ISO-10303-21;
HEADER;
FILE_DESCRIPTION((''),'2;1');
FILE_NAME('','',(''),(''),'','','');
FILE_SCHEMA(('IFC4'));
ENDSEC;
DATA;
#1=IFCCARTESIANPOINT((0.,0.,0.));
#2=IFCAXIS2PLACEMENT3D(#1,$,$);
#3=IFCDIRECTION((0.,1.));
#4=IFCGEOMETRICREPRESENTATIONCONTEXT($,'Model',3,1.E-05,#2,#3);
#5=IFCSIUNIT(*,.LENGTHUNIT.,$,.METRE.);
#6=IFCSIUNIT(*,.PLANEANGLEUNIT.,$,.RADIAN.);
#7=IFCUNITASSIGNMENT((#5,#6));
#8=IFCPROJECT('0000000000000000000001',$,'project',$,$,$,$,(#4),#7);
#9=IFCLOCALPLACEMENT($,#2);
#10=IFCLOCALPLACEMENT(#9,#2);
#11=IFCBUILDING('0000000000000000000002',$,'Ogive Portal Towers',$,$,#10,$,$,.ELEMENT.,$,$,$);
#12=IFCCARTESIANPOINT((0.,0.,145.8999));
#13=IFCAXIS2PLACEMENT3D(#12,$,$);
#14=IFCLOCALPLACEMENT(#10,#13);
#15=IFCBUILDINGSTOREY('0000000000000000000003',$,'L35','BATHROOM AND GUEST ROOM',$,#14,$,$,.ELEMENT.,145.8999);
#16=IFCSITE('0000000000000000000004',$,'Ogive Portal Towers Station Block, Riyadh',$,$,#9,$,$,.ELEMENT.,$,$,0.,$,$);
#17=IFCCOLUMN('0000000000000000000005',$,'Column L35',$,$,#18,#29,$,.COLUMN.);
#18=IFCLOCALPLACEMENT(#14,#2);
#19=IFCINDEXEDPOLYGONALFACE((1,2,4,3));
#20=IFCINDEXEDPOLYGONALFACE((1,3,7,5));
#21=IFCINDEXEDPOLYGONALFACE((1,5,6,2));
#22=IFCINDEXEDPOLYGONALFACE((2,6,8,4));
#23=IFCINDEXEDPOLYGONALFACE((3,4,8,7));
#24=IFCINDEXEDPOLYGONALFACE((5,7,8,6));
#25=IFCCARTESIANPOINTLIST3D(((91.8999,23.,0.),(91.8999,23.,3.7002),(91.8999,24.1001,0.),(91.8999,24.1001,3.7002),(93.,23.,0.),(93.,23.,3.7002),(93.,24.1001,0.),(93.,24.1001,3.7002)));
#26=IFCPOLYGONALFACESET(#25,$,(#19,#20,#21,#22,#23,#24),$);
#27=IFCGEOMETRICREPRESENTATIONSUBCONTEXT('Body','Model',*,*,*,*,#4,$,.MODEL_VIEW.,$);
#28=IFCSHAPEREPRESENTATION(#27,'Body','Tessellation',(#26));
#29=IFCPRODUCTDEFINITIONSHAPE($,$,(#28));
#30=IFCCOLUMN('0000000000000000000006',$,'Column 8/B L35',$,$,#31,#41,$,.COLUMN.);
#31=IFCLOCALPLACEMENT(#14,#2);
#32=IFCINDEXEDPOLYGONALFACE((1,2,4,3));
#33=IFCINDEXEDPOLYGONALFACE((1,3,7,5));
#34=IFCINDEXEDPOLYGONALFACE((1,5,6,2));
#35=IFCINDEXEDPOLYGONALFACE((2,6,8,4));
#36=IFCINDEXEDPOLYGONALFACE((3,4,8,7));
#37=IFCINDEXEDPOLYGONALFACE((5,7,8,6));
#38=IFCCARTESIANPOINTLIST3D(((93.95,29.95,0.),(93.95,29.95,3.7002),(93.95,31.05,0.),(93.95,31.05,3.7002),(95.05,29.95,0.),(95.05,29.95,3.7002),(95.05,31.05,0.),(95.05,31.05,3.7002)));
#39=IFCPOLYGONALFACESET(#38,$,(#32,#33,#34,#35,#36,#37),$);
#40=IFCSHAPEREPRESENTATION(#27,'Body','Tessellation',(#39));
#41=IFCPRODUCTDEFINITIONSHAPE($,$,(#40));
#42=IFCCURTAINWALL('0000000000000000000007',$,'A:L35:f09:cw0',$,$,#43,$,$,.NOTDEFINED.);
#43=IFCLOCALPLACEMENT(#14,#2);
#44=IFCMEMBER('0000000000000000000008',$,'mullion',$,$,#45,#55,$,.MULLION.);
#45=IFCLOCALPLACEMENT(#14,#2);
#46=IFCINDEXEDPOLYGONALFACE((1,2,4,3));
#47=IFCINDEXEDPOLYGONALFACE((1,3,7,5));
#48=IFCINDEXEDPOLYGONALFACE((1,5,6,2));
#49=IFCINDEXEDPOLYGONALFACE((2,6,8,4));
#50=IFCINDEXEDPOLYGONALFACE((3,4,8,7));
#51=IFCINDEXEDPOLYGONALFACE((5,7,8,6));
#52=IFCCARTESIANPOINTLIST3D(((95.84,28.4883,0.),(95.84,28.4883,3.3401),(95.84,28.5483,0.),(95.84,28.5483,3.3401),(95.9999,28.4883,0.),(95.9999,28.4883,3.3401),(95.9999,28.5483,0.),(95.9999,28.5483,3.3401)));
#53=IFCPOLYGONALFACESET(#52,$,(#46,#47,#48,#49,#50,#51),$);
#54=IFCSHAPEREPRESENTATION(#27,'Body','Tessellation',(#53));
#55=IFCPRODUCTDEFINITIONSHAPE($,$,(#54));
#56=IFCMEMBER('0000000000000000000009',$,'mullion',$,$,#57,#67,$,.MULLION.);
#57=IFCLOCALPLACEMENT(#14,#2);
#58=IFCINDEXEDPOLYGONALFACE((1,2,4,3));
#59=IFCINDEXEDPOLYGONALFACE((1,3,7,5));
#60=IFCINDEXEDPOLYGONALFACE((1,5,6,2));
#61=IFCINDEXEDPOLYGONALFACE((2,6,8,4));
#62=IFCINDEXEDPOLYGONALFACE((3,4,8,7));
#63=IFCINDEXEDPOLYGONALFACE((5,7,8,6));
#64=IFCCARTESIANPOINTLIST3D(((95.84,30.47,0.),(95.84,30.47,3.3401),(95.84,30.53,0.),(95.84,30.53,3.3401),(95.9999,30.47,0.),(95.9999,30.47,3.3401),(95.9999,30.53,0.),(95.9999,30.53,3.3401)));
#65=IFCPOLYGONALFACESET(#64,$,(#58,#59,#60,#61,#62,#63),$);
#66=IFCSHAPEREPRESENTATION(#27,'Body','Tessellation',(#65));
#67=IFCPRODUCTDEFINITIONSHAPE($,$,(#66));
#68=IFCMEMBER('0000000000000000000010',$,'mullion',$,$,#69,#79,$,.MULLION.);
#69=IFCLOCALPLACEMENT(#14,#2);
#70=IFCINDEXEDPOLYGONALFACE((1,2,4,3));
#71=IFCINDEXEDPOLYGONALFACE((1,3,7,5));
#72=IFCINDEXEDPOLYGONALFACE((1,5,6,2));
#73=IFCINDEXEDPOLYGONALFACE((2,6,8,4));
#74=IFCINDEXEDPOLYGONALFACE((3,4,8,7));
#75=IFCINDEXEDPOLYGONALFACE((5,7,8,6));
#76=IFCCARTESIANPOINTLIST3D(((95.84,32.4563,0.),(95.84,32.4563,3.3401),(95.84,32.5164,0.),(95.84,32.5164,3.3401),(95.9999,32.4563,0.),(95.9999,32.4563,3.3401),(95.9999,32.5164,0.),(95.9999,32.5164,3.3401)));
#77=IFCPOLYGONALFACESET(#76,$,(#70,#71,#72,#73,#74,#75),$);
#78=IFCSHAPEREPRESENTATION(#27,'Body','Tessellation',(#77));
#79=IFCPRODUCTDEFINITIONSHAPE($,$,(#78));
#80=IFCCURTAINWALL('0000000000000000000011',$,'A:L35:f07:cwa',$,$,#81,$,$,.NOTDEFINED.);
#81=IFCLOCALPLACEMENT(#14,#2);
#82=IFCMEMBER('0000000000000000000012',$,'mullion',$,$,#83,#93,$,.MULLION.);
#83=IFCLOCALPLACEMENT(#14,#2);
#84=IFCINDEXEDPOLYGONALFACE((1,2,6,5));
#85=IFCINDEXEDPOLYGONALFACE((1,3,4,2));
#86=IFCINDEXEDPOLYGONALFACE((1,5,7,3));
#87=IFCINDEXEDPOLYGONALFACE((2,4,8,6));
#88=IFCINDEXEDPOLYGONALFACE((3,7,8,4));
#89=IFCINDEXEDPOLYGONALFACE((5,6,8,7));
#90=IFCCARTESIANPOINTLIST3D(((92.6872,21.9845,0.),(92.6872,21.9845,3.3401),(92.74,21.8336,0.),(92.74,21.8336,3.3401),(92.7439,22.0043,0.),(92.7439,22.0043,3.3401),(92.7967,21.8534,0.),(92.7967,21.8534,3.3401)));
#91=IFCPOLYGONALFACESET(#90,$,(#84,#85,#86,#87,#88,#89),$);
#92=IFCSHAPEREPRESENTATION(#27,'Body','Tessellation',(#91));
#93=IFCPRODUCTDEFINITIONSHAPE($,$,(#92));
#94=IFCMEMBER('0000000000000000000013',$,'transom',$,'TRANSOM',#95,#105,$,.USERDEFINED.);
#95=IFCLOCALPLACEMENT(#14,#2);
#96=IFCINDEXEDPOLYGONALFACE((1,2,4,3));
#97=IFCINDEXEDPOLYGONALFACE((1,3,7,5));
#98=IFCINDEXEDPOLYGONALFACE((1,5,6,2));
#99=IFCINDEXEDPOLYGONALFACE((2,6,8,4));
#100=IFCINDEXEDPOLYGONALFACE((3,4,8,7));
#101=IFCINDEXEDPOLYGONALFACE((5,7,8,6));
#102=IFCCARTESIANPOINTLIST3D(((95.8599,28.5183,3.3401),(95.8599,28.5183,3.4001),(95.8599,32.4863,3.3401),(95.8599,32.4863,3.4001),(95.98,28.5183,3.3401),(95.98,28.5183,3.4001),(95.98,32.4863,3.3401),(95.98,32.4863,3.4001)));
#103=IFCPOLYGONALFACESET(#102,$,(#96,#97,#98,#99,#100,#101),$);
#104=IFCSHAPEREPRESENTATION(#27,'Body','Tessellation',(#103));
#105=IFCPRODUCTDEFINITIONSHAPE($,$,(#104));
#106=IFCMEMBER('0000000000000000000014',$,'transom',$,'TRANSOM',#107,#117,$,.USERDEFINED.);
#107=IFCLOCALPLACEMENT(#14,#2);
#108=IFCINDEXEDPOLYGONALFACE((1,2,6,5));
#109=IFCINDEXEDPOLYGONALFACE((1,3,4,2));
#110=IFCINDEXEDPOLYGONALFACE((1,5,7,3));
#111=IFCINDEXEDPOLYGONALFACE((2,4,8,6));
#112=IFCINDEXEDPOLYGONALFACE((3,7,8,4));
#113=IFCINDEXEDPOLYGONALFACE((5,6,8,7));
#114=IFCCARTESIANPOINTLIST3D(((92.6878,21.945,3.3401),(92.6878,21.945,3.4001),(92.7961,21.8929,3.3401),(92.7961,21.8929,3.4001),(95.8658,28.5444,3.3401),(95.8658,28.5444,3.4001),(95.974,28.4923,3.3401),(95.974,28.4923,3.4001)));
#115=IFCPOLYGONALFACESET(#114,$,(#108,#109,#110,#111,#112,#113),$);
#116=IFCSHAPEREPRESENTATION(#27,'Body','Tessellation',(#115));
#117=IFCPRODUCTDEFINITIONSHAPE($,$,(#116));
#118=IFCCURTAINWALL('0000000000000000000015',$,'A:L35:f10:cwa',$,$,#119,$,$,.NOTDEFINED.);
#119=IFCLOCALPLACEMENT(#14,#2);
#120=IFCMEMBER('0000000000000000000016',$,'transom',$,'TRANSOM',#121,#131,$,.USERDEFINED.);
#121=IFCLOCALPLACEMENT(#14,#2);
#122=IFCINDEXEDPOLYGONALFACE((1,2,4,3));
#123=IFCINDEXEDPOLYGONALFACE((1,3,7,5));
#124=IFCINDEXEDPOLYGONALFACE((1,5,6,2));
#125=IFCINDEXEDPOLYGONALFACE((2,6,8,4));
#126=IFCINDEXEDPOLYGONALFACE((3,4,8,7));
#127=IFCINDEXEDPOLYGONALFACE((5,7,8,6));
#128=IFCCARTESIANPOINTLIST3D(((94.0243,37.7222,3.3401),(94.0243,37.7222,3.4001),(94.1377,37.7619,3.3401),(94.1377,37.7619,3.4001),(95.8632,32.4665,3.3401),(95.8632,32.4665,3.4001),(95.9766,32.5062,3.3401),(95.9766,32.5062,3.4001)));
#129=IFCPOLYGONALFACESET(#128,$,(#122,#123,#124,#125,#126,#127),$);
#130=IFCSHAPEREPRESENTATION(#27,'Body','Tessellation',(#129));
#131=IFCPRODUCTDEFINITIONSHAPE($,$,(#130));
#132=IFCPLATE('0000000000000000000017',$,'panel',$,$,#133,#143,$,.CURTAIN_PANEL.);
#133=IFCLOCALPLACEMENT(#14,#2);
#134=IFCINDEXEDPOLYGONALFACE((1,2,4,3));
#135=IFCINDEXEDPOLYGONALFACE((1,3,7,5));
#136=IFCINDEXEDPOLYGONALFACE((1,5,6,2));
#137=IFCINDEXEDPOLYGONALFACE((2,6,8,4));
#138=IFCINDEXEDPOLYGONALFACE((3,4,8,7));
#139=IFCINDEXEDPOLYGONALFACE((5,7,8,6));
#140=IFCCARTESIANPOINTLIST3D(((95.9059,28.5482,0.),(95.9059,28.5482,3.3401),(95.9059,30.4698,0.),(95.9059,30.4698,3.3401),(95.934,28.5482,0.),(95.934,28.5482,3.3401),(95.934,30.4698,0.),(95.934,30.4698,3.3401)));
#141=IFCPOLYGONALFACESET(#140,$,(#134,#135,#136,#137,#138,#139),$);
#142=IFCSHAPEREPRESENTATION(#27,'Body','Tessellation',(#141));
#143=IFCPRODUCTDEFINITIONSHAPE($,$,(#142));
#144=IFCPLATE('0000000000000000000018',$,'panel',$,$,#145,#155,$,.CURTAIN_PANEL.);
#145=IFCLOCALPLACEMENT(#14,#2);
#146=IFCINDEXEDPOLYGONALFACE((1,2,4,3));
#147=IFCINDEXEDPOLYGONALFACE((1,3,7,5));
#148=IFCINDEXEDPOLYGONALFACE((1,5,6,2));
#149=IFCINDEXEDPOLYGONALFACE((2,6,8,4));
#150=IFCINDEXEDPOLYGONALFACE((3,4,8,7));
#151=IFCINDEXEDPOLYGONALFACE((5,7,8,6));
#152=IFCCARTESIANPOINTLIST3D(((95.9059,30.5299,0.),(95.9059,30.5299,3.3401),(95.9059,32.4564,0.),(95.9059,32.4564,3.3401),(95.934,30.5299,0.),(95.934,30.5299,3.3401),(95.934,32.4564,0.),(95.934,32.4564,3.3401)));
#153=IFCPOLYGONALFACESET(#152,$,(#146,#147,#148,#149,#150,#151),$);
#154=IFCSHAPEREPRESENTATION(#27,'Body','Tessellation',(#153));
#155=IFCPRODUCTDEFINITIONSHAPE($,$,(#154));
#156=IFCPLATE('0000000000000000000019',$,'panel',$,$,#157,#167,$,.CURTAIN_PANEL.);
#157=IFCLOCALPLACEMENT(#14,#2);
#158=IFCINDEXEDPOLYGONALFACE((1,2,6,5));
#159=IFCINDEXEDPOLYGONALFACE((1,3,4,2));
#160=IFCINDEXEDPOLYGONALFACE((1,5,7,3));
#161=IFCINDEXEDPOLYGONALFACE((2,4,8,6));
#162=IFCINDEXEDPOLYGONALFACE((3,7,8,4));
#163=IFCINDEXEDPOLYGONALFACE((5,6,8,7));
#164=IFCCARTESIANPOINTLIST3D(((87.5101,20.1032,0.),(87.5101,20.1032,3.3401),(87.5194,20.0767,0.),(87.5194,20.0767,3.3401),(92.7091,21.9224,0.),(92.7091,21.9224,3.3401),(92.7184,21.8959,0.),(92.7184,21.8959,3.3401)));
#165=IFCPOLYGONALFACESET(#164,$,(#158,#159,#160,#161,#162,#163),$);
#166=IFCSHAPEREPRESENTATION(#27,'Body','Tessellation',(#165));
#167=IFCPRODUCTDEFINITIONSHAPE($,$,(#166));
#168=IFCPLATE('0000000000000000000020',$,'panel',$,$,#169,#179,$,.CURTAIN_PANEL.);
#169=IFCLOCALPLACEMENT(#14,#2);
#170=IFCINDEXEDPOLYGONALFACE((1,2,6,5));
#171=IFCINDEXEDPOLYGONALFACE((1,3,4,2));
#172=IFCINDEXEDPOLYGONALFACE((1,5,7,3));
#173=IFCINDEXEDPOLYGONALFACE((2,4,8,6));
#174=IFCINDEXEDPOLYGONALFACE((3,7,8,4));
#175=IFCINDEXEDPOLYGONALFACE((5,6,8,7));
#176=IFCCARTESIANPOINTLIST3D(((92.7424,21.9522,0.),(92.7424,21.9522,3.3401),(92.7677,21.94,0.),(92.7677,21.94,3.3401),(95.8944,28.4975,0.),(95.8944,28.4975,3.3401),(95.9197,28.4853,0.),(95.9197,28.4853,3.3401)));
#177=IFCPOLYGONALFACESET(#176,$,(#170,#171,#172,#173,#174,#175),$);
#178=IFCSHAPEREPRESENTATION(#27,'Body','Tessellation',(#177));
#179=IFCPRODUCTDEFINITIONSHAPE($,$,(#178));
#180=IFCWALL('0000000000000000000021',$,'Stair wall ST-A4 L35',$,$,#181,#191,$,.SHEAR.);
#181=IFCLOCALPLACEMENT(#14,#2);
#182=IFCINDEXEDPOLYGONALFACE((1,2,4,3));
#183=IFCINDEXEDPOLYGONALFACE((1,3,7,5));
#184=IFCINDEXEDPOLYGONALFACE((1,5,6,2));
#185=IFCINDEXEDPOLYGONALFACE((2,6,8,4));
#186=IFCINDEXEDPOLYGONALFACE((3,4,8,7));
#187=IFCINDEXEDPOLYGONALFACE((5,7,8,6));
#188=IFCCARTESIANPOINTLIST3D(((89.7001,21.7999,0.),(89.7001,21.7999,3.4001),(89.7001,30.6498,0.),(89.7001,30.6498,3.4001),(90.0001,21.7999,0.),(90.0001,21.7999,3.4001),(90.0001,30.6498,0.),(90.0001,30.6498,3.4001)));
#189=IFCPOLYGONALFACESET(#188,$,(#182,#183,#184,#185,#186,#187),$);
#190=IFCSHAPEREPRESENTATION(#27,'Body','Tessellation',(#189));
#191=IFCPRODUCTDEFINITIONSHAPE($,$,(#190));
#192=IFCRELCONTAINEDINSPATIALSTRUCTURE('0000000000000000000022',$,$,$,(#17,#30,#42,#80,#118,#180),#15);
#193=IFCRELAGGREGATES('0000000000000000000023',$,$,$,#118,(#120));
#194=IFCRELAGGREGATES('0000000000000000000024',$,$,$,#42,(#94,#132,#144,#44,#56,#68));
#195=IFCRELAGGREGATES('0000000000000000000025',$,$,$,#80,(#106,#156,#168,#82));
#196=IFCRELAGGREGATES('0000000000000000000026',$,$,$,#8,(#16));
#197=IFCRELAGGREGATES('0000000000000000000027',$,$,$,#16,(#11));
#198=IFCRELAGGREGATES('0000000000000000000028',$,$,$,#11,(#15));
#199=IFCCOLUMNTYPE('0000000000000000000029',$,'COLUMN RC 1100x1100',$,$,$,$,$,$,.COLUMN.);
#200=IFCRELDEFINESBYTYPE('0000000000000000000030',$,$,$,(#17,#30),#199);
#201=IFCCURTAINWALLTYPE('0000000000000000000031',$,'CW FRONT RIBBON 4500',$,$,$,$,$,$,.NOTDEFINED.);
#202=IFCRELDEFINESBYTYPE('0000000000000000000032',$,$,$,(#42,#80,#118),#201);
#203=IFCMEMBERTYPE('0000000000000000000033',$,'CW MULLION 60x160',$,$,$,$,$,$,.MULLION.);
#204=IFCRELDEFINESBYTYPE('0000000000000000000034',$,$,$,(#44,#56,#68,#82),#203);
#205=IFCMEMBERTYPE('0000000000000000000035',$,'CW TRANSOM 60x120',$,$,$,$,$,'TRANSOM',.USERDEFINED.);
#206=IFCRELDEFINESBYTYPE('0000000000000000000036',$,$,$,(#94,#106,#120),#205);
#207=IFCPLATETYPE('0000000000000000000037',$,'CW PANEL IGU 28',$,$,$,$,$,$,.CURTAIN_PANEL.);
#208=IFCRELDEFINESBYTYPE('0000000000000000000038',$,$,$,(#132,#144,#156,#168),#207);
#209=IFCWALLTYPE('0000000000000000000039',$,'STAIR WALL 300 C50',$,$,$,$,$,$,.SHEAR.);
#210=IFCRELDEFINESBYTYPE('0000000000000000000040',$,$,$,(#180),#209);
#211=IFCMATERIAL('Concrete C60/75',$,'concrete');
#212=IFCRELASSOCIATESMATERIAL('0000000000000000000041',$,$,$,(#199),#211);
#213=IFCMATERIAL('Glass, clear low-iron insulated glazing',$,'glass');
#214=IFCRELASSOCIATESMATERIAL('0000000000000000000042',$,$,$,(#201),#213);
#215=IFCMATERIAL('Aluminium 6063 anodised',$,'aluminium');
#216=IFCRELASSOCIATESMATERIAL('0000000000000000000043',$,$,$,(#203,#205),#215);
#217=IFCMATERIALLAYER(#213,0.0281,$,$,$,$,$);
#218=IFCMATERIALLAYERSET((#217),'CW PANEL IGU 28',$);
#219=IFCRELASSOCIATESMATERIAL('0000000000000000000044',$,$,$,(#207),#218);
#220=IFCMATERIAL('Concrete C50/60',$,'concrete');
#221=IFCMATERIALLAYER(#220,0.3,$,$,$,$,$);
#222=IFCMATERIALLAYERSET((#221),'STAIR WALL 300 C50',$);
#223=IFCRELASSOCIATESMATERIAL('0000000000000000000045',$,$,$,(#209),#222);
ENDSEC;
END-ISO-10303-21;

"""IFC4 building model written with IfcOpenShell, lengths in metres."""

from ifc_helpers import new_model, si_unit, direction, frame, frame_2d, origin, origin_2d, place, context, subcontext, project, spatial, rectangle, extrude, material, layer, layer_set, material_profile, profile_set, type_object, element, aggregate, save


model = new_model("IFC4")

# Units and contexts
model_context = context("Model", 3, precision=1e-05, world=origin(), true_north=direction((0.0, 1.0)))
body_context = subcontext(model_context, "Body", "Model", "MODEL_VIEW")
ifc_project = project(units=[si_unit("LENGTHUNIT", "METRE"), si_unit("PLANEANGLEUNIT", "RADIAN")], contexts=[model_context])

# Site, building, storey
site_placement = place(None, origin())
site = spatial("IfcSite", under=ifc_project, at=site_placement, Name="Ogive Portal Towers Station Block, Riyadh", CompositionType="ELEMENT", RefElevation=0.0)
building_placement = place(site_placement, origin())
building = spatial("IfcBuilding", under=site, at=building_placement, Name="Ogive Portal Towers", CompositionType="ELEMENT")
storey_placement = place(building_placement, frame((0.0, 0.0, 145.8999)))
storey = spatial("IfcBuildingStorey", under=building, at=storey_placement, Name="L35", Description="BATHROOM AND GUEST ROOM", CompositionType="ELEMENT", Elevation=145.8999)

# Columns
ifc_material_1 = material(Name="Concrete C60/75", Category="concrete")
ifc_material_profile_1 = material_profile(ifc_material_1, rectangle(XDim=1.1001, YDim=1.1001, at=origin_2d()), Name="RC 1100x1100")
ifc_profile_set_1 = profile_set([ifc_material_profile_1], Name="Concrete C60/75")
column_type = type_object("IfcColumnType", Name="COLUMN RC 1100x1100", PredefinedType="COLUMN", material=ifc_profile_set_1)
for number, where, z_axis, x_axis, name in (
    (1, (92.45, 23.55, 0.0), (0.0, 0.0, 1.0), (1.0, 0.0, 0.0), "Column L35"),
    (2, (94.5, 30.5, 0.0), (0.0, 0.0, 1.0), (1.0, 0.0, 0.0), "Column 8/B L35"),
):
    element("IfcColumn", number, at=place(storey_placement, frame(where, z_axis=z_axis, x_axis=x_axis)), inside=storey, type_object=column_type, Name=name, PredefinedType="COLUMN", context=body_context, shape_type="SweptSolid", body=[
        extrude(rectangle(XDim=1.1001, YDim=1.1001, at=origin_2d()), origin(), (0.0, 0.0, 1.0), 3.7002),
    ])

# Curtain wall, members
ifc_material_2 = material(Name="Glass, clear low-iron insulated glazing", Category="glass")
curtain_wall_type = type_object("IfcCurtainWallType", Name="CW FRONT RIBBON 4500", PredefinedType="NOTDEFINED", material=ifc_material_2)
curtain_wall_1_placement = place(storey_placement, origin())
curtain_wall_1 = element("IfcCurtainWall", 3, at=curtain_wall_1_placement, inside=storey, type_object=curtain_wall_type, Name="A:L35:f09:cw0", PredefinedType="NOTDEFINED")
ifc_material_3 = material(Name="Aluminium 6063 anodised", Category="aluminium")
ifc_material_profile_2 = material_profile(ifc_material_3, rectangle(XDim=0.1599, YDim=0.0601, at=origin_2d()), Name="AL 60x160")
ifc_profile_set_2 = profile_set([ifc_material_profile_2], Name="Aluminium 6063 anodised")
member_type_1 = type_object("IfcMemberType", Name="CW MULLION 60x160", PredefinedType="MULLION", material=ifc_profile_set_2)
member_1_placement = place(storey_placement, frame((95.9199, 28.5183, 0.0), z_axis=(0.0, 0.0, 1.0), x_axis=(-1.0, 0.0, 0.0)))
member_1 = element("IfcMember", 4, at=member_1_placement, type_object=member_type_1, Name="mullion", PredefinedType="MULLION", context=body_context, shape_type="SweptSolid", body=[
    extrude(rectangle(XDim=0.1599, YDim=0.0601, at=origin_2d()), origin(), (0.0, 0.0, 1.0), 3.3401),
])
member_2_placement = place(storey_placement, frame((95.9199, 30.5, 0.0), z_axis=(0.0, 0.0, 1.0), x_axis=(-1.0, 0.0, 0.0)))
member_2 = element("IfcMember", 5, at=member_2_placement, type_object=member_type_1, Name="mullion", PredefinedType="MULLION", context=body_context, shape_type="SweptSolid", body=[
    extrude(rectangle(XDim=0.1599, YDim=0.0601, at=origin_2d()), origin(), (0.0, 0.0, 1.0), 3.3401),
])
member_3_placement = place(storey_placement, frame((95.9199, 32.4863, 0.0), z_axis=(0.0, 0.0, 1.0), x_axis=(-1.0, 0.0, 0.0)))
member_3 = element("IfcMember", 6, at=member_3_placement, type_object=member_type_1, Name="mullion", PredefinedType="MULLION", context=body_context, shape_type="SweptSolid", body=[
    extrude(rectangle(XDim=0.1599, YDim=0.0601, at=origin_2d()), origin(), (0.0, 0.0, 1.0), 3.3401),
])

# Curtain wall, member
curtain_wall_2_placement = place(storey_placement, origin())
curtain_wall_2 = element("IfcCurtainWall", 7, at=curtain_wall_2_placement, inside=storey, type_object=curtain_wall_type, Name="A:L35:f07:cwa", PredefinedType="NOTDEFINED")
member_4_placement = place(storey_placement, frame((92.7419, 21.9189, 0.0), z_axis=(0.0, 0.0, 1.0), x_axis=(-0.330279, 0.943883, 0.0)))
member_4 = element("IfcMember", 8, at=member_4_placement, type_object=member_type_1, Name="mullion", PredefinedType="MULLION", context=body_context, shape_type="SweptSolid", body=[
    extrude(rectangle(XDim=0.1599, YDim=0.0601, at=origin_2d()), origin(), (0.0, 0.0, 1.0), 3.3401),
])

# Members
ifc_material_profile_3 = material_profile(ifc_material_3, rectangle(XDim=0.1201, YDim=0.0601, at=origin_2d()), Name="AL 120x60")
ifc_profile_set_3 = profile_set([ifc_material_profile_3], Name="Aluminium 6063 anodised")
member_type_2 = type_object("IfcMemberType", Name="CW TRANSOM 60x120", ElementType="TRANSOM", PredefinedType="USERDEFINED", material=ifc_profile_set_3)
member_5_placement = place(storey_placement, frame((95.9199, 28.5183, 3.3701), z_axis=(0.0, 1.0, 0.0), x_axis=(-1.0, 0.0, 0.0)))
member_5 = element("IfcMember", 9, at=member_5_placement, type_object=member_type_2, Name="transom", ObjectType="TRANSOM", PredefinedType="USERDEFINED", context=body_context, shape_type="SweptSolid", body=[
    extrude(rectangle(XDim=0.1201, YDim=0.0601, at=origin_2d()), origin(), (0.0, 0.0, 1.0), 3.968),
])
member_6_placement = place(storey_placement, frame((92.7419, 21.9189, 3.3701), z_axis=(0.433872, 0.900975, 0.0), x_axis=(-0.900975, 0.433872, 0.0)))
member_6 = element("IfcMember", 10, at=member_6_placement, type_object=member_type_2, Name="transom", ObjectType="TRANSOM", PredefinedType="USERDEFINED", context=body_context, shape_type="SweptSolid", body=[
    extrude(rectangle(XDim=0.1201, YDim=0.0601, at=origin_2d()), origin(), (0.0, 0.0, 1.0), 7.3247),
])

# Curtain wall, member
curtain_wall_3_placement = place(storey_placement, origin())
curtain_wall_3 = element("IfcCurtainWall", 11, at=curtain_wall_3_placement, inside=storey, type_object=curtain_wall_type, Name="A:L35:f10:cwa", PredefinedType="NOTDEFINED")
member_7_placement = place(storey_placement, frame((95.9199, 32.4863, 3.3701), z_axis=(-0.330255, 0.943892, 0.0), x_axis=(-0.943892, -0.330255, 0.0)))
member_7 = element("IfcMember", 12, at=member_7_placement, type_object=member_type_2, Name="transom", ObjectType="TRANSOM", PredefinedType="USERDEFINED", context=body_context, shape_type="SweptSolid", body=[
    extrude(rectangle(XDim=0.1201, YDim=0.0601, at=origin_2d()), origin(), (0.0, 0.0, 1.0), 5.5681),
])
aggregate(curtain_wall_3, [member_7])

# Plates
ifc_layer_1 = layer(ifc_material_2, 0.0281)
ifc_layer_set_1 = layer_set([ifc_layer_1], Name="CW PANEL IGU 28")
plate_type = type_object("IfcPlateType", Name="CW PANEL IGU 28", PredefinedType="CURTAIN_PANEL", material=ifc_layer_set_1)
plate_1_placement = place(storey_placement, frame((95.9199, 29.509, 0.0), z_axis=(0.0, 0.0, 1.0), x_axis=(0.0, 1.0, 0.0)))
plate_1 = element("IfcPlate", 13, at=plate_1_placement, type_object=plate_type, Name="panel", PredefinedType="CURTAIN_PANEL", context=body_context, shape_type="SweptSolid", body=[
    extrude(rectangle(XDim=1.9216, YDim=0.0281, at=origin_2d()), origin(), (0.0, 0.0, 1.0), 3.3401),
])
plate_2_placement = place(storey_placement, frame((95.9199, 31.4932, 0.0), z_axis=(0.0, 0.0, 1.0), x_axis=(0.0, 1.0, 0.0)))
plate_2 = element("IfcPlate", 14, at=plate_2_placement, type_object=plate_type, Name="panel", PredefinedType="CURTAIN_PANEL", context=body_context, shape_type="SweptSolid", body=[
    extrude(rectangle(XDim=1.9265, YDim=0.0281, at=origin_2d()), origin(), (0.0, 0.0, 1.0), 3.3401),
])
aggregate(curtain_wall_1, [member_5, plate_1, plate_2, member_1, member_2, member_3])
plate_3_placement = place(storey_placement, frame((90.1143, 20.9995, 0.0), z_axis=(0.0, 0.0, 1.0), x_axis=(0.943883, 0.330279, 0.0)))
plate_3 = element("IfcPlate", 15, at=plate_3_placement, type_object=plate_type, Name="panel", PredefinedType="CURTAIN_PANEL", context=body_context, shape_type="SweptSolid", body=[
    extrude(rectangle(XDim=5.5081, YDim=0.0281, at=origin_2d()), origin(), (0.0, 0.0, 1.0), 3.3401),
])
plate_4_placement = place(storey_placement, frame((94.3311, 25.2188, 0.0), z_axis=(0.0, 0.0, 1.0), x_axis=(0.433884, 0.900969, 0.0)))
plate_4 = element("IfcPlate", 16, at=plate_4_placement, type_object=plate_type, Name="panel", PredefinedType="CURTAIN_PANEL", context=body_context, shape_type="SweptSolid", body=[
    extrude(rectangle(XDim=7.2646, YDim=0.0281, at=origin_2d()), origin(), (0.0, 0.0, 1.0), 3.3401),
])
aggregate(curtain_wall_2, [member_6, plate_3, plate_4, member_4])

# Wall
ifc_material_4 = material(Name="Concrete C50/60", Category="concrete")
ifc_layer_2 = layer(ifc_material_4, 0.3)
ifc_layer_set_2 = layer_set([ifc_layer_2], Name="STAIR WALL 300 C50")
wall_type_1 = type_object("IfcWallType", Name="STAIR WALL 300 C50", PredefinedType="SHEAR", material=ifc_layer_set_2)
wall_1_placement = place(storey_placement, frame((89.8501, 21.8, 0.0), z_axis=(0.0, 0.0, 1.0), x_axis=(0.0, 1.0, 0.0)))
element("IfcWall", 17, at=wall_1_placement, inside=storey, type_object=wall_type_1, Name="Stair wall ST-A4 L35", PredefinedType="SHEAR", context=body_context, shape_type="SweptSolid", body=[
    extrude(rectangle(XDim=8.8499, YDim=0.3, at=frame_2d((4.4248, 0.0))), origin(), (0.0, 0.0, 1.0), 3.4001),
])

save(model, "model.ifc")
